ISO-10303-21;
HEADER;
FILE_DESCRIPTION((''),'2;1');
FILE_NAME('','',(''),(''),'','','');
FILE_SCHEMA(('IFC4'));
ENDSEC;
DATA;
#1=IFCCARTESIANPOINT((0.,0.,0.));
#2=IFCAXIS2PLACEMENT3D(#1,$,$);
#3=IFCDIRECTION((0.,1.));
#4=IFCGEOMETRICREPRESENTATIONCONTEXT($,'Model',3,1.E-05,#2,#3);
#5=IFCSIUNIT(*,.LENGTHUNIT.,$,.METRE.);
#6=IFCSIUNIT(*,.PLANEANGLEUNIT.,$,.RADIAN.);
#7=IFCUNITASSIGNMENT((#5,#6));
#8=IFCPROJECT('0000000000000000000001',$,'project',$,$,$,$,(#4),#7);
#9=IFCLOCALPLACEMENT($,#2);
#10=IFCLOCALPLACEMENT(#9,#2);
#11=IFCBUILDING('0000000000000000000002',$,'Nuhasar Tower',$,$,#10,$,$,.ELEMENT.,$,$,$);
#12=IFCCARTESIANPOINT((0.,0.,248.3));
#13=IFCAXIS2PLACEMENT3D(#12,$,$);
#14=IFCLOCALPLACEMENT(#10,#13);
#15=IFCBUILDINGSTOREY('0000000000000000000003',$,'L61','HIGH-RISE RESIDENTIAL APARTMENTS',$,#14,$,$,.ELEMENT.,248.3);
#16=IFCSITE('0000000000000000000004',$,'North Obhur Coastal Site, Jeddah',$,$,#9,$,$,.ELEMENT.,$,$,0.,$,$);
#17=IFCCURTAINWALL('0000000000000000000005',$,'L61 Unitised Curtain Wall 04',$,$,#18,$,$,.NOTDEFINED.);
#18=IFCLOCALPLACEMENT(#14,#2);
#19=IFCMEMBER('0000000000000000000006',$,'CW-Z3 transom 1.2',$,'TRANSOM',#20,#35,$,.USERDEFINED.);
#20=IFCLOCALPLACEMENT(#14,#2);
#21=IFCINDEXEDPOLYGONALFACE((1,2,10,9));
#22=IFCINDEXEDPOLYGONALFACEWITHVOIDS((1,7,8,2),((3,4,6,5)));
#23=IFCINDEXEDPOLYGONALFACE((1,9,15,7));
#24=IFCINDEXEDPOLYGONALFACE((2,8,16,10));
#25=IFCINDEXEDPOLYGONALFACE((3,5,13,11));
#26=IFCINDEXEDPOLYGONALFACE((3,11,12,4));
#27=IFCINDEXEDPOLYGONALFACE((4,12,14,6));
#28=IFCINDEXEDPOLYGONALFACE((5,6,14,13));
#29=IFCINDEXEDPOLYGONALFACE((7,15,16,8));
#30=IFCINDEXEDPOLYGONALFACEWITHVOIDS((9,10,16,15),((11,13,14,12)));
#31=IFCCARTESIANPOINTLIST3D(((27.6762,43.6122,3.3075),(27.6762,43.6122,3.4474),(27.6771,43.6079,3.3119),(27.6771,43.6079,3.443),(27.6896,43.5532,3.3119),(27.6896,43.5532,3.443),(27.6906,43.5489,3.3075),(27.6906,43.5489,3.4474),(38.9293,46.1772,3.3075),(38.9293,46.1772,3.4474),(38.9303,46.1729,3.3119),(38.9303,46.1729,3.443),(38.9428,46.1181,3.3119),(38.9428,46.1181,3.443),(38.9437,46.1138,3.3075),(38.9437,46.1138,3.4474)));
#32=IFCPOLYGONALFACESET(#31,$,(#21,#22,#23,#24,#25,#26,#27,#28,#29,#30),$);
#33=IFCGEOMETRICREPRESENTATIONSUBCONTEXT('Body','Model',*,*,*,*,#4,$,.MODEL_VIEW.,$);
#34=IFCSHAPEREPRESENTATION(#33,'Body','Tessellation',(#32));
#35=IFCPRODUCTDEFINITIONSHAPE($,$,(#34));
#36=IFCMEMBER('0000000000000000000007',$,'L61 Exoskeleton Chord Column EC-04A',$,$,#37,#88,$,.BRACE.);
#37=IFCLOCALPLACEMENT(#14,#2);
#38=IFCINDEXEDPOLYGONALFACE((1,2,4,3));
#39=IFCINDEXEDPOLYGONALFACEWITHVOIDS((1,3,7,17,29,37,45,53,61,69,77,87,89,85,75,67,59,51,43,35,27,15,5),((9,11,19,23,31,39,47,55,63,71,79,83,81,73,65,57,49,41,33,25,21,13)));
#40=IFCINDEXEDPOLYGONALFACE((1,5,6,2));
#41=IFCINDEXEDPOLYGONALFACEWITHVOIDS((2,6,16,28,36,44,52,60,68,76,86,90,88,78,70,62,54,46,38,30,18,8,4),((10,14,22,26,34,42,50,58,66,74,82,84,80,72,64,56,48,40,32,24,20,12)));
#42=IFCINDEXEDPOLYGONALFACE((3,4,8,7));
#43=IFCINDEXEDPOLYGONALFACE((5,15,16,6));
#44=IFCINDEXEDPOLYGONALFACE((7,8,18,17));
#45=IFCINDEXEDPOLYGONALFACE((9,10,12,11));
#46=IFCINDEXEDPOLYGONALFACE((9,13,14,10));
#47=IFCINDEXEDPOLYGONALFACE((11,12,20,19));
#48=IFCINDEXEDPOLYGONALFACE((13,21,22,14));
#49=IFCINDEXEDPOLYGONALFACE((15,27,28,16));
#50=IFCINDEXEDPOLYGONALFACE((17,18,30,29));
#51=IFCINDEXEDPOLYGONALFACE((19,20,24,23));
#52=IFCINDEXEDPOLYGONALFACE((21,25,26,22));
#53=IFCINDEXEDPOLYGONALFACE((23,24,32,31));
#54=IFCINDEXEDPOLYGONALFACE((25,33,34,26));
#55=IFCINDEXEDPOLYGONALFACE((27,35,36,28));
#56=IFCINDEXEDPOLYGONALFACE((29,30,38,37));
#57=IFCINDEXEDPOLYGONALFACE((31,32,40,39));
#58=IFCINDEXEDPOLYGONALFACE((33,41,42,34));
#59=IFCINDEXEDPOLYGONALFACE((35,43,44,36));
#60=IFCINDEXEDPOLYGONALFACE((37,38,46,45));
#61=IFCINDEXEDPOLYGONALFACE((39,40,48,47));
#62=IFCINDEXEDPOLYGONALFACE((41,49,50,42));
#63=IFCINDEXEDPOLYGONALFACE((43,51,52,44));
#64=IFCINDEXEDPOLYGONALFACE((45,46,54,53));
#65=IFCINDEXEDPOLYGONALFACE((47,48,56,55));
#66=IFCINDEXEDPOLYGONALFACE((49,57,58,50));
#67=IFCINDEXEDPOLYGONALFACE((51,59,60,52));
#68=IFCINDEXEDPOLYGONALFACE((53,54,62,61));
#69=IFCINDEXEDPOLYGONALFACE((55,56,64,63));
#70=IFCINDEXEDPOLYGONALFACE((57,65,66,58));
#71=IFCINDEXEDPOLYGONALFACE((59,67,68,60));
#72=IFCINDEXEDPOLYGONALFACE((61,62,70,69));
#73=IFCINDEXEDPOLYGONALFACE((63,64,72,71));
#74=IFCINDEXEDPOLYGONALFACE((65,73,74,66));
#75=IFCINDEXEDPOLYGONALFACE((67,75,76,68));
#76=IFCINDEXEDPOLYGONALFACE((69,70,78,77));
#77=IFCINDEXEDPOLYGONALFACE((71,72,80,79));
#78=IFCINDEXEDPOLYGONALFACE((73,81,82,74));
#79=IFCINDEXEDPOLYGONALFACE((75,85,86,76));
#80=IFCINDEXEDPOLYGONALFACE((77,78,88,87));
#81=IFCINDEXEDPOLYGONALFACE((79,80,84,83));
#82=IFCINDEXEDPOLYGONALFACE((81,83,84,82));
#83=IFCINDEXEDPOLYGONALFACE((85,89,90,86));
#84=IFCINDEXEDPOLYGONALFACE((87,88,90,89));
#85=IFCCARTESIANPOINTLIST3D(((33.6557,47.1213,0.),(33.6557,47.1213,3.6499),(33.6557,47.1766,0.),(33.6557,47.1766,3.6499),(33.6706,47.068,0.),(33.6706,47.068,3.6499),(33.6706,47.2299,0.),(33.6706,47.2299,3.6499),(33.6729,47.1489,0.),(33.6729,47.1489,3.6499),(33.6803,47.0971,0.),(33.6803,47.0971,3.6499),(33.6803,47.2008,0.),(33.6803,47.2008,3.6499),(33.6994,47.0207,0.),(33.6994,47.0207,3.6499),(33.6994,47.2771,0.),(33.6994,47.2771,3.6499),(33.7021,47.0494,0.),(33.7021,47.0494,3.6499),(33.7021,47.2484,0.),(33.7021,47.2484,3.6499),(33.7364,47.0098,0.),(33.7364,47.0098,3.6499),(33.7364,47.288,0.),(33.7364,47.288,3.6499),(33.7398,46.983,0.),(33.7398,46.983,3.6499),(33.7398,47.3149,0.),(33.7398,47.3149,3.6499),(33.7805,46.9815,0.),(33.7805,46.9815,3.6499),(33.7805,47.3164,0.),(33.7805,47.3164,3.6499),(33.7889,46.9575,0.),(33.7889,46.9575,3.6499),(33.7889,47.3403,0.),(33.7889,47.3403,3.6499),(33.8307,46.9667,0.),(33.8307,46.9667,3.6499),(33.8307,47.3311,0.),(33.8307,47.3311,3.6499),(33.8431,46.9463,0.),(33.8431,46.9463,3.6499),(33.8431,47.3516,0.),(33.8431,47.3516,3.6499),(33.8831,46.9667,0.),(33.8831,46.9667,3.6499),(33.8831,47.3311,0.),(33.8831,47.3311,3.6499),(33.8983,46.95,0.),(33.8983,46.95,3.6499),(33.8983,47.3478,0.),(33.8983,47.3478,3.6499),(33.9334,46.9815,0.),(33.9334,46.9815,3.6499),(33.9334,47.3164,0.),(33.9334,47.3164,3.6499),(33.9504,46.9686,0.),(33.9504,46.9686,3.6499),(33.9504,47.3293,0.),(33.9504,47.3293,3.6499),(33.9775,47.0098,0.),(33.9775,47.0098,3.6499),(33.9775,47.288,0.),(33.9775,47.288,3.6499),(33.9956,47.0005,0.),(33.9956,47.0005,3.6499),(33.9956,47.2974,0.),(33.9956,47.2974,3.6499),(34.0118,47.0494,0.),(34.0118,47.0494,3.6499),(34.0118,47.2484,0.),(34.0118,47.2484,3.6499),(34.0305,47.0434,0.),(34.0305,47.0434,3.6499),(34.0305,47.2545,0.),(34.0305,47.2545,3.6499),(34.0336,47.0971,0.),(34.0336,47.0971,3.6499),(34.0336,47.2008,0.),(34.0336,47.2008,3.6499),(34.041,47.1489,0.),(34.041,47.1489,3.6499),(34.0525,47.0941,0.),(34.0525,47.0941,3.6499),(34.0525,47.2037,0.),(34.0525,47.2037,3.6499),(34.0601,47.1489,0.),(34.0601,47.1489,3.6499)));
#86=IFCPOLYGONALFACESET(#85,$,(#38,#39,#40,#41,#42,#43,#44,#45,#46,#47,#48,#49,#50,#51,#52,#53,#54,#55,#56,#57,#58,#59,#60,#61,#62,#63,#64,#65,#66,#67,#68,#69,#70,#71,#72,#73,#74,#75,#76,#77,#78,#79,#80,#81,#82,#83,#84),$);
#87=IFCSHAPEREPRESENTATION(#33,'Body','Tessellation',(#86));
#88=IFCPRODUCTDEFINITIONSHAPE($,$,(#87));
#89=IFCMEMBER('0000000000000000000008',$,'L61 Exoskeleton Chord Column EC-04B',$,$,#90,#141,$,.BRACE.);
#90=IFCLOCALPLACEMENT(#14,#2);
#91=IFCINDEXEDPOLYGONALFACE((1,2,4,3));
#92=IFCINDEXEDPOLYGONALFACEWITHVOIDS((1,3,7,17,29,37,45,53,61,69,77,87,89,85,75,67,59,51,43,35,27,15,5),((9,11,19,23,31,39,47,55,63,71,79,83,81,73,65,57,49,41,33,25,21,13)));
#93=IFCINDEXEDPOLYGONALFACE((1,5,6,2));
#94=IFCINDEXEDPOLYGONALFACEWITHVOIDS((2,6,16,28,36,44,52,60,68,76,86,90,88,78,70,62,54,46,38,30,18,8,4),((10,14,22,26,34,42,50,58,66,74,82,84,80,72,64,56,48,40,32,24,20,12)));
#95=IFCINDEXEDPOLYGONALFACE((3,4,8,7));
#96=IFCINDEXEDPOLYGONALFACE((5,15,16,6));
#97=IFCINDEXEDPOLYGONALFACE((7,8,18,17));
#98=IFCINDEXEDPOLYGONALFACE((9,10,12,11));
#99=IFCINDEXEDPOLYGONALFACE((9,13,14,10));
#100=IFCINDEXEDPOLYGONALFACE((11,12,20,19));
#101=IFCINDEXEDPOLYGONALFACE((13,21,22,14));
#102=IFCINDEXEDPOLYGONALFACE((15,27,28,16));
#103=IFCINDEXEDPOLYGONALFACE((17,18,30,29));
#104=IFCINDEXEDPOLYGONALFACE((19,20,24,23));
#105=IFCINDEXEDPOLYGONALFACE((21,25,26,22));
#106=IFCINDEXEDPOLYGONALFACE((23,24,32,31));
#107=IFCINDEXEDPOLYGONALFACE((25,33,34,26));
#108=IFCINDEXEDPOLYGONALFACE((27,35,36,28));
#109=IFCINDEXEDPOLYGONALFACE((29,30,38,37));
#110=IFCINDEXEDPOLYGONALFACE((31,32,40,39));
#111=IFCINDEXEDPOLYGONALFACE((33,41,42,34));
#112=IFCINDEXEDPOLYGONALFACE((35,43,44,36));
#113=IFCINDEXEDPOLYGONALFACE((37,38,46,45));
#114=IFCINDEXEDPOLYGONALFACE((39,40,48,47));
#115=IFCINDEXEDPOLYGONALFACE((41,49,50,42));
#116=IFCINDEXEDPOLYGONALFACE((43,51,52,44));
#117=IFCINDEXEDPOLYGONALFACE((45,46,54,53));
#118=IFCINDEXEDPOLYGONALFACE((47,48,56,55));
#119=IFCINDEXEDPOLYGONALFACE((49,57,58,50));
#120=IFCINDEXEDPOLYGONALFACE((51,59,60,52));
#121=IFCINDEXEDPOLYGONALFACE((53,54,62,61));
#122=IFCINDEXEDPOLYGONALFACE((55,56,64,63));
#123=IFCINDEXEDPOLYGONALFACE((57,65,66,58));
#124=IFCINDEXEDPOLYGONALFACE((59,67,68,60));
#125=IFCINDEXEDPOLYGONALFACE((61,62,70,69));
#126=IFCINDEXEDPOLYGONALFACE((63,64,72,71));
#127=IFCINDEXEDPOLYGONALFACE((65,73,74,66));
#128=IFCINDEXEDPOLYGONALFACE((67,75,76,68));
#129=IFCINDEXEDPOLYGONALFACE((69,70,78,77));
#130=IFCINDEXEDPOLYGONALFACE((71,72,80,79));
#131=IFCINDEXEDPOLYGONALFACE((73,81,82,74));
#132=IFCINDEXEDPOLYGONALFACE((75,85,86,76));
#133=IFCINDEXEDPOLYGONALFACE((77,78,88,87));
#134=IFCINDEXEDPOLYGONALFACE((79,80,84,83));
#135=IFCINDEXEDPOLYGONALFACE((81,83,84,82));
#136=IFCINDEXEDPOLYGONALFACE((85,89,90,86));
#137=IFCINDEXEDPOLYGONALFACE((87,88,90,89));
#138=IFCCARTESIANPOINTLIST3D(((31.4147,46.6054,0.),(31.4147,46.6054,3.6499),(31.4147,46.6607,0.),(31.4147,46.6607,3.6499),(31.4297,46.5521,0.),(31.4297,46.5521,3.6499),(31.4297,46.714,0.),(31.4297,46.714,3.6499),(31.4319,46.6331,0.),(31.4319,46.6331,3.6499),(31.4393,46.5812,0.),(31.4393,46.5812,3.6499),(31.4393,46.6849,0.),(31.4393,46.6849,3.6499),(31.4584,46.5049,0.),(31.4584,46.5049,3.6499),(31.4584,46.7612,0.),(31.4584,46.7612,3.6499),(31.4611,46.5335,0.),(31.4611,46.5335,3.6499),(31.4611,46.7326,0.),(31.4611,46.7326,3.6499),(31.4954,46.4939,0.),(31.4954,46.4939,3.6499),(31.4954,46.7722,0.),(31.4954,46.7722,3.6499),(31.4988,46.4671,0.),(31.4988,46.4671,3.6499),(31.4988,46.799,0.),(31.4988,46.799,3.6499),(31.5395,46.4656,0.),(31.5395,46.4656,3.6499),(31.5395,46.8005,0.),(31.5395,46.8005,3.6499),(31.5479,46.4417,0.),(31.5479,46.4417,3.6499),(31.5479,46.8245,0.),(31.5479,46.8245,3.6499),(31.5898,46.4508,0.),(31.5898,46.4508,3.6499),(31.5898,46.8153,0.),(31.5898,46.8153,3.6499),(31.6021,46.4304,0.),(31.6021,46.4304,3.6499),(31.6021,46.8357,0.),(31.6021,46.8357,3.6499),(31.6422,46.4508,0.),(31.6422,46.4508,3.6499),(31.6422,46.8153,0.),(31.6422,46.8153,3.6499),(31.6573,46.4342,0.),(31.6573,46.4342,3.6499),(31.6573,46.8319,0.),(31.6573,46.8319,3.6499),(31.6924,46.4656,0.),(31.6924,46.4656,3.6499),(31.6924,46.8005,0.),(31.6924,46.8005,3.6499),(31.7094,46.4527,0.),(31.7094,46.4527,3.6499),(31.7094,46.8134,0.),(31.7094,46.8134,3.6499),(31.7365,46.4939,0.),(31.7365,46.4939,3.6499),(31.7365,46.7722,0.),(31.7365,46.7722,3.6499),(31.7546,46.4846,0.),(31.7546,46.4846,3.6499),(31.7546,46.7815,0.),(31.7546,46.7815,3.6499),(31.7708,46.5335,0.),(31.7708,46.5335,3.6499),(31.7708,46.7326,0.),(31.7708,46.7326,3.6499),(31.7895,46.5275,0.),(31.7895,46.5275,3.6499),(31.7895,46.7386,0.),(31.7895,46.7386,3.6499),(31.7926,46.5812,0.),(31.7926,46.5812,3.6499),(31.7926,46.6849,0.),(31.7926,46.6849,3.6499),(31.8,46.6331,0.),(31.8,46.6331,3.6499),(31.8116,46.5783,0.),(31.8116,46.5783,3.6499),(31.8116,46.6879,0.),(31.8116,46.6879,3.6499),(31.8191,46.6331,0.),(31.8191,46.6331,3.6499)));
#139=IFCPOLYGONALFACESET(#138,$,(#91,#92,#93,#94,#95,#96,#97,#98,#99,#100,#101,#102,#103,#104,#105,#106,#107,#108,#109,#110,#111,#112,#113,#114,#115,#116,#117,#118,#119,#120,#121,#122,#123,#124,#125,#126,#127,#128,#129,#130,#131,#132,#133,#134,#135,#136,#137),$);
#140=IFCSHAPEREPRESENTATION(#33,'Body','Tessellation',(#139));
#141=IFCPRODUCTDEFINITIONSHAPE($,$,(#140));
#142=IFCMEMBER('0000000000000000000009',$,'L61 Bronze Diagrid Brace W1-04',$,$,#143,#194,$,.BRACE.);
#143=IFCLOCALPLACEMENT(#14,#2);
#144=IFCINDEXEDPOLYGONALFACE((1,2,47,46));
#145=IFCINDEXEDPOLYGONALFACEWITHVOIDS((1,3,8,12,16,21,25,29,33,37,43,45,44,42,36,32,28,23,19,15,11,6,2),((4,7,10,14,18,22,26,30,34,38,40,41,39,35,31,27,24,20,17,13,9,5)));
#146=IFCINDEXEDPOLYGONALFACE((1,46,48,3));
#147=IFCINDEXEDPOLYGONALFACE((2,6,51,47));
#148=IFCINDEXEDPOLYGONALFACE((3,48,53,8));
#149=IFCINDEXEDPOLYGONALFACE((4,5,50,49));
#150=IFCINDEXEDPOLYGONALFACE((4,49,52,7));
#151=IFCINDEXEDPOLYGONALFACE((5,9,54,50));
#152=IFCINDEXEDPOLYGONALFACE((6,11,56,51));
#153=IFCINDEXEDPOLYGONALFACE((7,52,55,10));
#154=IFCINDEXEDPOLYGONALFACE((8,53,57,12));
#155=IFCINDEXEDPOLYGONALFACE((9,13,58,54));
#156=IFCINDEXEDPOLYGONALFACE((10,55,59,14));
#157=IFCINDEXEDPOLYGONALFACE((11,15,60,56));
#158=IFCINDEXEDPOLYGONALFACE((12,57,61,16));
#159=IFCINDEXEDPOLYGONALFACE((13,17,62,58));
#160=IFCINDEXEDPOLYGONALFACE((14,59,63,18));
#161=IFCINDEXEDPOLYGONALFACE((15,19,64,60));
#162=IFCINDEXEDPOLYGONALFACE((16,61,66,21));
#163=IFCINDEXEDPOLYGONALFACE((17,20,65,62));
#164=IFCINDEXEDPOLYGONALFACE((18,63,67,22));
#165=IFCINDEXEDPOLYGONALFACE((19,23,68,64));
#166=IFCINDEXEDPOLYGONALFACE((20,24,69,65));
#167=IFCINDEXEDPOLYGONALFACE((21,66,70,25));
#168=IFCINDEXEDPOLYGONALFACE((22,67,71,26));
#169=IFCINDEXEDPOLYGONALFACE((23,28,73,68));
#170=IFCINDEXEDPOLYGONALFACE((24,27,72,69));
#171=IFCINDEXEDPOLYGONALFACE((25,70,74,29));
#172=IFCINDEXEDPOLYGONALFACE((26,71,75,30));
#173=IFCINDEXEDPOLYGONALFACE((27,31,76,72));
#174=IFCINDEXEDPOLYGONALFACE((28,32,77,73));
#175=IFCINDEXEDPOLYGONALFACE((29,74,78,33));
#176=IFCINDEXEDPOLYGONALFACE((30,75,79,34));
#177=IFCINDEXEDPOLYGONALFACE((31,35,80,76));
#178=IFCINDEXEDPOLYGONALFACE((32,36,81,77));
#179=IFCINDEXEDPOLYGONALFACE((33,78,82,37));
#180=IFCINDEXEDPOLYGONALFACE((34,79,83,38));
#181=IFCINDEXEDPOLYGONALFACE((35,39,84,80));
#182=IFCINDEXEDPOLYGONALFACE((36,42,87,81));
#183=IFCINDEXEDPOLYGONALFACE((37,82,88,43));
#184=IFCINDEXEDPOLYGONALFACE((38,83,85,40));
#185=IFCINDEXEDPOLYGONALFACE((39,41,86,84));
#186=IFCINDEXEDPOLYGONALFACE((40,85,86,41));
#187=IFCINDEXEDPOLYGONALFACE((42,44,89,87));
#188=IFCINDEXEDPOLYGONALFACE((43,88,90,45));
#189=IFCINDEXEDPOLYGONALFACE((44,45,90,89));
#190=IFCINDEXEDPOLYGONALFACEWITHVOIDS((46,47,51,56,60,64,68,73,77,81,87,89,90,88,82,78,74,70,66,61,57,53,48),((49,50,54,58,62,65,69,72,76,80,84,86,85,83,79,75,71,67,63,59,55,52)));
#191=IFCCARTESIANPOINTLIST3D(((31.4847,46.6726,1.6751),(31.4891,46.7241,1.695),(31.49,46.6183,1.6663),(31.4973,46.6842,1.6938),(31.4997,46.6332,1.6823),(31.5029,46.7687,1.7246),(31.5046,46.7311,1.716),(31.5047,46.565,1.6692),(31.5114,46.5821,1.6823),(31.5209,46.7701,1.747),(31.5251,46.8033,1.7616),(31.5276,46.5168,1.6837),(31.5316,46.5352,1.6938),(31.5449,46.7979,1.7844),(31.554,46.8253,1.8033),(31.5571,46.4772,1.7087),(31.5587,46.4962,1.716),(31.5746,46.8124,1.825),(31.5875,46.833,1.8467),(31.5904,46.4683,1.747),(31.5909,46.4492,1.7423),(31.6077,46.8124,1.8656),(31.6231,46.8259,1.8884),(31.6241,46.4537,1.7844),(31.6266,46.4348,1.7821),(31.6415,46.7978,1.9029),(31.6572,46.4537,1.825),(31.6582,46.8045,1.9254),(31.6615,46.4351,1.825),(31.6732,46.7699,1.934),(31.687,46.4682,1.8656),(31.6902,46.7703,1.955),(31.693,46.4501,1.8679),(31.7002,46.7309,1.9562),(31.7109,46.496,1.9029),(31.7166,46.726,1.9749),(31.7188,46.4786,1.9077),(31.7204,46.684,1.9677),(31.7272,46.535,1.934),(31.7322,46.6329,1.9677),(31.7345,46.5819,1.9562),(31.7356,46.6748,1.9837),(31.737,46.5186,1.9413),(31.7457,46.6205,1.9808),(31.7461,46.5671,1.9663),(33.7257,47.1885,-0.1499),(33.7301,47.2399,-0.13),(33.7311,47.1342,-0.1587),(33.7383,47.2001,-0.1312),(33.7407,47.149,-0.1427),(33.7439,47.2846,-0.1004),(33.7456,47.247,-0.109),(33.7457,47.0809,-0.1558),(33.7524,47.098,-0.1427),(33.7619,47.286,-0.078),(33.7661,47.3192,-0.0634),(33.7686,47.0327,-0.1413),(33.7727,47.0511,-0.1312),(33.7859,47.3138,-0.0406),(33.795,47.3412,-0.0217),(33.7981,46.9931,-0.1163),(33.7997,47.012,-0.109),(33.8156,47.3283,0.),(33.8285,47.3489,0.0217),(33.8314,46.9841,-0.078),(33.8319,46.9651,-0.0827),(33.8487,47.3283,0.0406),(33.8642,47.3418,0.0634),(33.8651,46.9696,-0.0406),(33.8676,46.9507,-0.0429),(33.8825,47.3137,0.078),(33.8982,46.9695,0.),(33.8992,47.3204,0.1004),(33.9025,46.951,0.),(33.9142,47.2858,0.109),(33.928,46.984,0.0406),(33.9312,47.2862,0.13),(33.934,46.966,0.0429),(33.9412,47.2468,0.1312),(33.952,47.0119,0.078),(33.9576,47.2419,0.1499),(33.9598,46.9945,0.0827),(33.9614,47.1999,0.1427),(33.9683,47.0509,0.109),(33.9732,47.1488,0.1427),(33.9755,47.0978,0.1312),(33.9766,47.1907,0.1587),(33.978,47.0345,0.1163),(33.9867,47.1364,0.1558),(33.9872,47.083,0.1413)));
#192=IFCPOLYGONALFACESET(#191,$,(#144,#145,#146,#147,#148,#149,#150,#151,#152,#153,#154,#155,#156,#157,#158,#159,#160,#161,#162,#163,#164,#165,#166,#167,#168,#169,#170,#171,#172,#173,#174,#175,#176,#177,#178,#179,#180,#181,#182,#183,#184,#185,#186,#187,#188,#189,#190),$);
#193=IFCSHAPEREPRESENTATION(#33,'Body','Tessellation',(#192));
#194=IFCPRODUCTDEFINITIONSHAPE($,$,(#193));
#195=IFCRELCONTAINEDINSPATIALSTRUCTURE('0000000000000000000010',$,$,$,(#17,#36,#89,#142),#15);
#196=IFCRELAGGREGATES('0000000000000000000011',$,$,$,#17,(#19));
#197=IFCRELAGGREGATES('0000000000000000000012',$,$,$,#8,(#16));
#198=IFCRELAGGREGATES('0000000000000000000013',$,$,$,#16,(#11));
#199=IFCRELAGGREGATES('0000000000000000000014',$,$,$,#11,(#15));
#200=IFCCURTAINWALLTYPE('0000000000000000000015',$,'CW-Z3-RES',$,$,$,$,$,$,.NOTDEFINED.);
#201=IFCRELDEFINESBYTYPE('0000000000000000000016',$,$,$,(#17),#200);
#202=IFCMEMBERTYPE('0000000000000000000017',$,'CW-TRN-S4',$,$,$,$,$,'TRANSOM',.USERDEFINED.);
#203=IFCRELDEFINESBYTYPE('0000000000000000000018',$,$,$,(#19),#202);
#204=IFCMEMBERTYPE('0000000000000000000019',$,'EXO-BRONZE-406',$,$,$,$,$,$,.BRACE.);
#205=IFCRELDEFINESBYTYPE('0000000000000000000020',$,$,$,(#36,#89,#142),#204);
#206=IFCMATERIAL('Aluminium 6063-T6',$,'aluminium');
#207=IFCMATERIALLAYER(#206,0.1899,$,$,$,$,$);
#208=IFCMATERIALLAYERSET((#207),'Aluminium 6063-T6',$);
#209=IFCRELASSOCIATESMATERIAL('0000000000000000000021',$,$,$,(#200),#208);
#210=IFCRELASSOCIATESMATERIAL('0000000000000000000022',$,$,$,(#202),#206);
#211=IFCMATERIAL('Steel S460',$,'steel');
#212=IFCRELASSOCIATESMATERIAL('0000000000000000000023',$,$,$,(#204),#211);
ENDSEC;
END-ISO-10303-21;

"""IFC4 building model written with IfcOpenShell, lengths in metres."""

from ifc_helpers import new_model, si_unit, direction, frame, origin, origin_2d, place, context, subcontext, project, spatial, hollow_rectangle, hollow_circle, extrude, material, layer, layer_set, material_profile, profile_set, type_object, element, aggregate, save


model = new_model("IFC4")

# Units and contexts
model_context = context("Model", 3, precision=1e-05, world=origin(), true_north=direction((0.0, 1.0)))
body_context = subcontext(model_context, "Body", "Model", "MODEL_VIEW")
ifc_project = project(units=[si_unit("LENGTHUNIT", "METRE"), si_unit("PLANEANGLEUNIT", "RADIAN")], contexts=[model_context])

# Site, building, storey
site_placement = place(None, origin())
site = spatial("IfcSite", under=ifc_project, at=site_placement, Name="North Obhur Coastal Site, Jeddah", CompositionType="ELEMENT", RefElevation=0.0)
building_placement = place(site_placement, origin())
building = spatial("IfcBuilding", under=site, at=building_placement, Name="Nuhasar Tower", CompositionType="ELEMENT")
storey_placement = place(building_placement, frame((0.0, 0.0, 248.3)))
storey = spatial("IfcBuildingStorey", under=building, at=storey_placement, Name="L61", Description="HIGH-RISE RESIDENTIAL APARTMENTS", CompositionType="ELEMENT", Elevation=248.3)

# Curtain wall, member
ifc_material_1 = material(Name="Aluminium 6063-T6", Category="aluminium")
ifc_layer_1 = layer(ifc_material_1, 0.1899)
ifc_layer_set_1 = layer_set([ifc_layer_1], Name="Aluminium 6063-T6")
curtain_wall_type = type_object("IfcCurtainWallType", Name="CW-Z3-RES", PredefinedType="NOTDEFINED", material=ifc_layer_set_1)
curtain_wall_placement = place(storey_placement, origin())
curtain_wall = element("IfcCurtainWall", 1, at=curtain_wall_placement, inside=storey, type_object=curtain_wall_type, Name="L61 Unitised Curtain Wall 04", PredefinedType="NOTDEFINED")
ifc_material_profile_1 = material_profile(ifc_material_1, hollow_rectangle(XDim=0.0649, YDim=0.1399, WallThickness=0.0044, at=origin_2d()), Name="CWT-4")
ifc_profile_set_1 = profile_set([ifc_material_profile_1], Name="Aluminium 6063-T6")
member_type_1 = type_object("IfcMemberType", Name="CW-TRN-S4", ElementType="TRANSOM", PredefinedType="USERDEFINED", material=ifc_profile_set_1)
member_1_placement = place(storey_placement, frame((38.9365, 46.1455, 3.3774), z_axis=(-0.974994, -0.222231, 0.0), x_axis=(0.222231, -0.974994, 0.0)))
member_1 = element("IfcMember", 2, at=member_1_placement, type_object=member_type_1, Name="CW-Z3 transom 1.2", ObjectType="TRANSOM", PredefinedType="USERDEFINED", context=body_context, shape_type="SweptSolid", body=[
    extrude(hollow_rectangle(XDim=0.0649, YDim=0.1399, WallThickness=0.0044, at=origin_2d()), origin(), (0.0, 0.0, 1.0), 11.5417),
])

# Members
ifc_material_2 = material(Name="Steel S460", Category="steel")
ifc_material_profile_2 = material_profile(ifc_material_2, hollow_circle(Radius=0.2031, WallThickness=0.019, at=origin_2d()), Name="HSS406.4X19.1")
ifc_profile_set_2 = profile_set([ifc_material_profile_2], Name="Steel S460")
member_type_2 = type_object("IfcMemberType", Name="EXO-BRONZE-406", PredefinedType="BRACE", material=ifc_profile_set_2)
for number, where, z_axis, x_axis, name in (
    (3, (33.8569, 47.1489, 0.0), (0.0, 0.0, 1.0), (1.0, 0.0, 0.0), "L61 Exoskeleton Chord Column EC-04A"),
    (4, (31.616, 46.6331, 0.0), (0.0, 0.0, 1.0), (1.0, 0.0, 0.0), "L61 Exoskeleton Chord Column EC-04B"),
):
    element("IfcMember", number, at=place(storey_placement, frame(where, z_axis=z_axis, x_axis=x_axis)), inside=storey, type_object=member_type_2, Name=name, PredefinedType="BRACE", context=body_context, shape_type="SweptSolid", body=[
        extrude(hollow_circle(Radius=0.2031, WallThickness=0.019, at=origin_2d()), origin(), (0.0, 0.0, 1.0), 3.6499),
    ])
for number, where, z_axis, x_axis, name in (
    (5, (33.8569, 47.1489, 0.0), (-0.763343, -0.175721, 0.621635), (0.224332, -0.974513, 0.0), "L61 Bronze Diagrid Brace W1-04"),
):
    element("IfcMember", number, at=place(storey_placement, frame(where, z_axis=z_axis, x_axis=x_axis)), inside=storey, type_object=member_type_2, Name=name, PredefinedType="BRACE", context=body_context, shape_type="SweptSolid", body=[
        extrude(hollow_circle(Radius=0.2031, WallThickness=0.019, at=origin_2d()), origin(), (0.0, 0.0, 1.0), 2.9358),
    ])

aggregate(curtain_wall, [member_1])

save(model, "model.ifc")
